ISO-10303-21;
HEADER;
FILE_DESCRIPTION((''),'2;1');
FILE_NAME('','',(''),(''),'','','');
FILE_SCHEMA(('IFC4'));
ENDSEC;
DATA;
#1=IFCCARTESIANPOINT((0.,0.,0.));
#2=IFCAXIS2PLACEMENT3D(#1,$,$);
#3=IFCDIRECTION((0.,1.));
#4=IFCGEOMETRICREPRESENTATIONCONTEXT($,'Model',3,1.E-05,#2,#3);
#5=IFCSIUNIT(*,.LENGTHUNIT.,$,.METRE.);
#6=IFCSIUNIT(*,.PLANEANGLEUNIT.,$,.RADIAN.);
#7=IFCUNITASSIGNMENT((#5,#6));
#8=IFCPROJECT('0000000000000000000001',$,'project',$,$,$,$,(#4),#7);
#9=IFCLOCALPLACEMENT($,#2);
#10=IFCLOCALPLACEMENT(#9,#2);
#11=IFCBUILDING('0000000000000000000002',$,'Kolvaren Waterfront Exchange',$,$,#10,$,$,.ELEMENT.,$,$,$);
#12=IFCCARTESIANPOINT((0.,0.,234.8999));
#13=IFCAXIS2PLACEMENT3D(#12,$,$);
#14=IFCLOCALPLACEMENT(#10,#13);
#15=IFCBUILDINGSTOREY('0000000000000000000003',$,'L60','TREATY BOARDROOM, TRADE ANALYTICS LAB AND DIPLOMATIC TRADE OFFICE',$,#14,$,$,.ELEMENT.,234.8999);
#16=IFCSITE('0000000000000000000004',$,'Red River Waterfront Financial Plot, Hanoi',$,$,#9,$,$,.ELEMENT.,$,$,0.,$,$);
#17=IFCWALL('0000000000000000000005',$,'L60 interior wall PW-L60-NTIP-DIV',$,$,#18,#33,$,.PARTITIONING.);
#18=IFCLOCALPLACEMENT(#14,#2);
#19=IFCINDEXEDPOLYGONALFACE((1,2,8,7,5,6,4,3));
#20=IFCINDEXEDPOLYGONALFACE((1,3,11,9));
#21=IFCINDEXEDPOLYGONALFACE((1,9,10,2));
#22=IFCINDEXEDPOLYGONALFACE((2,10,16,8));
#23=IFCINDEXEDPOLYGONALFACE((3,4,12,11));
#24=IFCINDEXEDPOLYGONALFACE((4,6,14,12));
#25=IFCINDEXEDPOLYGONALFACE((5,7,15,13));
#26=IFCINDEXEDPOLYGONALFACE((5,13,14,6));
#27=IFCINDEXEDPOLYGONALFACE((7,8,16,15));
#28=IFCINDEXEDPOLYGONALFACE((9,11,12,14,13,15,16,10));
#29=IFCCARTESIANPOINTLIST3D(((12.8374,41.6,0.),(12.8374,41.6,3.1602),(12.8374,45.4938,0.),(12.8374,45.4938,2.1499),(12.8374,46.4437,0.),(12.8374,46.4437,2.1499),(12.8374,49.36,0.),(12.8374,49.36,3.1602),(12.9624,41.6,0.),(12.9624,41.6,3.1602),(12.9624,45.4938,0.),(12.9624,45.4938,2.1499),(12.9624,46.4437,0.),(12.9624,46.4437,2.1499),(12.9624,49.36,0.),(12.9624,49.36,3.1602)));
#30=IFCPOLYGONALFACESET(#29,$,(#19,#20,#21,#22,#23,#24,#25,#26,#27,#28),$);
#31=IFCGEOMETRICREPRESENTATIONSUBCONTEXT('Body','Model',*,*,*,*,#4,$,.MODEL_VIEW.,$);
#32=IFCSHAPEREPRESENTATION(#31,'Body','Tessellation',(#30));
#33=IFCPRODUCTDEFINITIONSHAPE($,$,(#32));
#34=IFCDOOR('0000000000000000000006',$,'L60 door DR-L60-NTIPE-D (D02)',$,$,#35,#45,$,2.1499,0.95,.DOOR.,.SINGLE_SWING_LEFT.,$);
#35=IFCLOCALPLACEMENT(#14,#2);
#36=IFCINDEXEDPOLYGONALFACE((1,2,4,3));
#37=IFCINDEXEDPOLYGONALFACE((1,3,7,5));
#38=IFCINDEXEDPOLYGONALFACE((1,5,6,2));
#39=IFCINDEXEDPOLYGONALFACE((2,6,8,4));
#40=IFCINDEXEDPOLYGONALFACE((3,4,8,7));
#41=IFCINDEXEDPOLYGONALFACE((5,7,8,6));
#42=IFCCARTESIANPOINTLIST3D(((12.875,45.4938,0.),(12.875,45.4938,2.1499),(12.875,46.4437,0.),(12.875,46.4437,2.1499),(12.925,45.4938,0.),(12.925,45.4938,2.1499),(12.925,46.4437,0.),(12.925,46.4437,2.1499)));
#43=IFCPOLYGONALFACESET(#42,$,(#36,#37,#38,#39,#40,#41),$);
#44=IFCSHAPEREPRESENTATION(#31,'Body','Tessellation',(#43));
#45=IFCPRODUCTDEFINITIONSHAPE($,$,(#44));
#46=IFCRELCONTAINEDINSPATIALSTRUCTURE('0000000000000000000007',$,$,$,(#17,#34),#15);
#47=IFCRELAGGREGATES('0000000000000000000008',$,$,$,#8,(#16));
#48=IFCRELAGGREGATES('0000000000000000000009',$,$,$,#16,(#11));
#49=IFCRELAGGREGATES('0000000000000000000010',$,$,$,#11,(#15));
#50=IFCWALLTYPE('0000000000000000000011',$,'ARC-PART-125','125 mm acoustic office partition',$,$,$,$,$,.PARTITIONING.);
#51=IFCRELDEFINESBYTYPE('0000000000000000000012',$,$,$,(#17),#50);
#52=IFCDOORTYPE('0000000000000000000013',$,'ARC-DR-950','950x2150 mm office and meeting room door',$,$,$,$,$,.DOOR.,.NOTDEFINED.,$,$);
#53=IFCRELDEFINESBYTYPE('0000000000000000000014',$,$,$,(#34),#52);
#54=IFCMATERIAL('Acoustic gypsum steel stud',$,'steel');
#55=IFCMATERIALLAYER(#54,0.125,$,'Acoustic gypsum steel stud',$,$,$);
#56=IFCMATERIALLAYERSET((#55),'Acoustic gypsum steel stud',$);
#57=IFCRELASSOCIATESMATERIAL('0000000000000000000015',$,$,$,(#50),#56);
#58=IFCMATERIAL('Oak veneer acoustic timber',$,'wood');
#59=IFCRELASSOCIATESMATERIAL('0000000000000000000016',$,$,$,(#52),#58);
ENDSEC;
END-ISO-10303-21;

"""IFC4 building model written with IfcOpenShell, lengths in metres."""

from ifc_helpers import new_model, si_unit, direction, frame, frame_2d, origin, place, context, subcontext, project, spatial, rectangle, extrude, material, layer, layer_set, type_object, element, fill, save


model = new_model("IFC4")

# Units and contexts
model_context = context("Model", 3, precision=1e-05, world=origin(), true_north=direction((0.0, 1.0)))
body_context = subcontext(model_context, "Body", "Model", "MODEL_VIEW")
ifc_project = project(units=[si_unit("LENGTHUNIT", "METRE"), si_unit("PLANEANGLEUNIT", "RADIAN")], contexts=[model_context])

# Site, building, storey
site_placement = place(None, origin())
site = spatial("IfcSite", under=ifc_project, at=site_placement, Name="Red River Waterfront Financial Plot, Hanoi", CompositionType="ELEMENT", RefElevation=0.0)
building_placement = place(site_placement, origin())
building = spatial("IfcBuilding", under=site, at=building_placement, Name="Kolvaren Waterfront Exchange", CompositionType="ELEMENT")
storey_placement = place(building_placement, frame((0.0, 0.0, 234.8999)))
storey = spatial("IfcBuildingStorey", under=building, at=storey_placement, Name="L60", Description="TREATY BOARDROOM, TRADE ANALYTICS LAB AND DIPLOMATIC TRADE OFFICE", CompositionType="ELEMENT", Elevation=234.8999)

# Wall, opening, door
ifc_material_1 = material(Name="Acoustic gypsum steel stud", Category="steel")
ifc_layer_1 = layer(ifc_material_1, 0.125, Name="Acoustic gypsum steel stud")
ifc_layer_set_1 = layer_set([ifc_layer_1], Name="Acoustic gypsum steel stud")
wall_type_1 = type_object("IfcWallType", Name="ARC-PART-125", Description="125 mm acoustic office partition", PredefinedType="PARTITIONING", material=ifc_layer_set_1)
wall_1_placement = place(storey_placement, frame((12.8999, 41.6001, 0.0), z_axis=(0.0, 0.0, 1.0), x_axis=(0.0, 1.0, 0.0)))
wall_1 = element("IfcWall", 1, at=wall_1_placement, inside=storey, type_object=wall_type_1, Name="L60 interior wall PW-L60-NTIP-DIV", PredefinedType="PARTITIONING", context=body_context, shape_type="SweptSolid", body=[
    extrude(rectangle(XDim=7.76, YDim=0.125, at=frame_2d((3.8799, 0.0))), origin(), (0.0, 0.0, 1.0), 3.1602),
])
opening_1_placement = place(wall_1_placement, frame((3.8936, 0.0, 0.0)))
opening_1 = element("IfcOpeningElement", 2, at=opening_1_placement, cuts=wall_1, PredefinedType="OPENING", context=body_context, shape_type="SweptSolid", body=[
    extrude(rectangle(XDim=0.95, YDim=2.1499, at=frame_2d((0.4751, 1.075))), frame((0.0, 0.0725, 0.0), z_axis=(0.0, -1.0, 0.0), x_axis=(1.0, 0.0, 0.0)), (0.0, 0.0, 1.0), 0.145),
])
ifc_material_2 = material(Name="Oak veneer acoustic timber", Category="wood")
door_type_1 = type_object("IfcDoorType", Name="ARC-DR-950", Description="950x2150 mm office and meeting room door", OperationType="NOTDEFINED", PredefinedType="DOOR", material=ifc_material_2)
door_1_placement = place(opening_1_placement, origin())
door_1 = element("IfcDoor", 3, at=door_1_placement, inside=storey, type_object=door_type_1, Name="L60 door DR-L60-NTIPE-D (D02)", OperationType="SINGLE_SWING_LEFT", OverallHeight=2.1499, OverallWidth=0.95, PredefinedType="DOOR", context=body_context, shape_type="SweptSolid", body=[
    extrude(rectangle(XDim=0.95, YDim=2.1499, at=frame_2d((0.4751, 1.075))), frame((0.0, 0.0249, 0.0), z_axis=(0.0, -1.0, 0.0), x_axis=(1.0, 0.0, 0.0)), (0.0, 0.0, 1.0), 0.05),
])
fill(opening_1, door_1)

save(model, "model.ifc")
